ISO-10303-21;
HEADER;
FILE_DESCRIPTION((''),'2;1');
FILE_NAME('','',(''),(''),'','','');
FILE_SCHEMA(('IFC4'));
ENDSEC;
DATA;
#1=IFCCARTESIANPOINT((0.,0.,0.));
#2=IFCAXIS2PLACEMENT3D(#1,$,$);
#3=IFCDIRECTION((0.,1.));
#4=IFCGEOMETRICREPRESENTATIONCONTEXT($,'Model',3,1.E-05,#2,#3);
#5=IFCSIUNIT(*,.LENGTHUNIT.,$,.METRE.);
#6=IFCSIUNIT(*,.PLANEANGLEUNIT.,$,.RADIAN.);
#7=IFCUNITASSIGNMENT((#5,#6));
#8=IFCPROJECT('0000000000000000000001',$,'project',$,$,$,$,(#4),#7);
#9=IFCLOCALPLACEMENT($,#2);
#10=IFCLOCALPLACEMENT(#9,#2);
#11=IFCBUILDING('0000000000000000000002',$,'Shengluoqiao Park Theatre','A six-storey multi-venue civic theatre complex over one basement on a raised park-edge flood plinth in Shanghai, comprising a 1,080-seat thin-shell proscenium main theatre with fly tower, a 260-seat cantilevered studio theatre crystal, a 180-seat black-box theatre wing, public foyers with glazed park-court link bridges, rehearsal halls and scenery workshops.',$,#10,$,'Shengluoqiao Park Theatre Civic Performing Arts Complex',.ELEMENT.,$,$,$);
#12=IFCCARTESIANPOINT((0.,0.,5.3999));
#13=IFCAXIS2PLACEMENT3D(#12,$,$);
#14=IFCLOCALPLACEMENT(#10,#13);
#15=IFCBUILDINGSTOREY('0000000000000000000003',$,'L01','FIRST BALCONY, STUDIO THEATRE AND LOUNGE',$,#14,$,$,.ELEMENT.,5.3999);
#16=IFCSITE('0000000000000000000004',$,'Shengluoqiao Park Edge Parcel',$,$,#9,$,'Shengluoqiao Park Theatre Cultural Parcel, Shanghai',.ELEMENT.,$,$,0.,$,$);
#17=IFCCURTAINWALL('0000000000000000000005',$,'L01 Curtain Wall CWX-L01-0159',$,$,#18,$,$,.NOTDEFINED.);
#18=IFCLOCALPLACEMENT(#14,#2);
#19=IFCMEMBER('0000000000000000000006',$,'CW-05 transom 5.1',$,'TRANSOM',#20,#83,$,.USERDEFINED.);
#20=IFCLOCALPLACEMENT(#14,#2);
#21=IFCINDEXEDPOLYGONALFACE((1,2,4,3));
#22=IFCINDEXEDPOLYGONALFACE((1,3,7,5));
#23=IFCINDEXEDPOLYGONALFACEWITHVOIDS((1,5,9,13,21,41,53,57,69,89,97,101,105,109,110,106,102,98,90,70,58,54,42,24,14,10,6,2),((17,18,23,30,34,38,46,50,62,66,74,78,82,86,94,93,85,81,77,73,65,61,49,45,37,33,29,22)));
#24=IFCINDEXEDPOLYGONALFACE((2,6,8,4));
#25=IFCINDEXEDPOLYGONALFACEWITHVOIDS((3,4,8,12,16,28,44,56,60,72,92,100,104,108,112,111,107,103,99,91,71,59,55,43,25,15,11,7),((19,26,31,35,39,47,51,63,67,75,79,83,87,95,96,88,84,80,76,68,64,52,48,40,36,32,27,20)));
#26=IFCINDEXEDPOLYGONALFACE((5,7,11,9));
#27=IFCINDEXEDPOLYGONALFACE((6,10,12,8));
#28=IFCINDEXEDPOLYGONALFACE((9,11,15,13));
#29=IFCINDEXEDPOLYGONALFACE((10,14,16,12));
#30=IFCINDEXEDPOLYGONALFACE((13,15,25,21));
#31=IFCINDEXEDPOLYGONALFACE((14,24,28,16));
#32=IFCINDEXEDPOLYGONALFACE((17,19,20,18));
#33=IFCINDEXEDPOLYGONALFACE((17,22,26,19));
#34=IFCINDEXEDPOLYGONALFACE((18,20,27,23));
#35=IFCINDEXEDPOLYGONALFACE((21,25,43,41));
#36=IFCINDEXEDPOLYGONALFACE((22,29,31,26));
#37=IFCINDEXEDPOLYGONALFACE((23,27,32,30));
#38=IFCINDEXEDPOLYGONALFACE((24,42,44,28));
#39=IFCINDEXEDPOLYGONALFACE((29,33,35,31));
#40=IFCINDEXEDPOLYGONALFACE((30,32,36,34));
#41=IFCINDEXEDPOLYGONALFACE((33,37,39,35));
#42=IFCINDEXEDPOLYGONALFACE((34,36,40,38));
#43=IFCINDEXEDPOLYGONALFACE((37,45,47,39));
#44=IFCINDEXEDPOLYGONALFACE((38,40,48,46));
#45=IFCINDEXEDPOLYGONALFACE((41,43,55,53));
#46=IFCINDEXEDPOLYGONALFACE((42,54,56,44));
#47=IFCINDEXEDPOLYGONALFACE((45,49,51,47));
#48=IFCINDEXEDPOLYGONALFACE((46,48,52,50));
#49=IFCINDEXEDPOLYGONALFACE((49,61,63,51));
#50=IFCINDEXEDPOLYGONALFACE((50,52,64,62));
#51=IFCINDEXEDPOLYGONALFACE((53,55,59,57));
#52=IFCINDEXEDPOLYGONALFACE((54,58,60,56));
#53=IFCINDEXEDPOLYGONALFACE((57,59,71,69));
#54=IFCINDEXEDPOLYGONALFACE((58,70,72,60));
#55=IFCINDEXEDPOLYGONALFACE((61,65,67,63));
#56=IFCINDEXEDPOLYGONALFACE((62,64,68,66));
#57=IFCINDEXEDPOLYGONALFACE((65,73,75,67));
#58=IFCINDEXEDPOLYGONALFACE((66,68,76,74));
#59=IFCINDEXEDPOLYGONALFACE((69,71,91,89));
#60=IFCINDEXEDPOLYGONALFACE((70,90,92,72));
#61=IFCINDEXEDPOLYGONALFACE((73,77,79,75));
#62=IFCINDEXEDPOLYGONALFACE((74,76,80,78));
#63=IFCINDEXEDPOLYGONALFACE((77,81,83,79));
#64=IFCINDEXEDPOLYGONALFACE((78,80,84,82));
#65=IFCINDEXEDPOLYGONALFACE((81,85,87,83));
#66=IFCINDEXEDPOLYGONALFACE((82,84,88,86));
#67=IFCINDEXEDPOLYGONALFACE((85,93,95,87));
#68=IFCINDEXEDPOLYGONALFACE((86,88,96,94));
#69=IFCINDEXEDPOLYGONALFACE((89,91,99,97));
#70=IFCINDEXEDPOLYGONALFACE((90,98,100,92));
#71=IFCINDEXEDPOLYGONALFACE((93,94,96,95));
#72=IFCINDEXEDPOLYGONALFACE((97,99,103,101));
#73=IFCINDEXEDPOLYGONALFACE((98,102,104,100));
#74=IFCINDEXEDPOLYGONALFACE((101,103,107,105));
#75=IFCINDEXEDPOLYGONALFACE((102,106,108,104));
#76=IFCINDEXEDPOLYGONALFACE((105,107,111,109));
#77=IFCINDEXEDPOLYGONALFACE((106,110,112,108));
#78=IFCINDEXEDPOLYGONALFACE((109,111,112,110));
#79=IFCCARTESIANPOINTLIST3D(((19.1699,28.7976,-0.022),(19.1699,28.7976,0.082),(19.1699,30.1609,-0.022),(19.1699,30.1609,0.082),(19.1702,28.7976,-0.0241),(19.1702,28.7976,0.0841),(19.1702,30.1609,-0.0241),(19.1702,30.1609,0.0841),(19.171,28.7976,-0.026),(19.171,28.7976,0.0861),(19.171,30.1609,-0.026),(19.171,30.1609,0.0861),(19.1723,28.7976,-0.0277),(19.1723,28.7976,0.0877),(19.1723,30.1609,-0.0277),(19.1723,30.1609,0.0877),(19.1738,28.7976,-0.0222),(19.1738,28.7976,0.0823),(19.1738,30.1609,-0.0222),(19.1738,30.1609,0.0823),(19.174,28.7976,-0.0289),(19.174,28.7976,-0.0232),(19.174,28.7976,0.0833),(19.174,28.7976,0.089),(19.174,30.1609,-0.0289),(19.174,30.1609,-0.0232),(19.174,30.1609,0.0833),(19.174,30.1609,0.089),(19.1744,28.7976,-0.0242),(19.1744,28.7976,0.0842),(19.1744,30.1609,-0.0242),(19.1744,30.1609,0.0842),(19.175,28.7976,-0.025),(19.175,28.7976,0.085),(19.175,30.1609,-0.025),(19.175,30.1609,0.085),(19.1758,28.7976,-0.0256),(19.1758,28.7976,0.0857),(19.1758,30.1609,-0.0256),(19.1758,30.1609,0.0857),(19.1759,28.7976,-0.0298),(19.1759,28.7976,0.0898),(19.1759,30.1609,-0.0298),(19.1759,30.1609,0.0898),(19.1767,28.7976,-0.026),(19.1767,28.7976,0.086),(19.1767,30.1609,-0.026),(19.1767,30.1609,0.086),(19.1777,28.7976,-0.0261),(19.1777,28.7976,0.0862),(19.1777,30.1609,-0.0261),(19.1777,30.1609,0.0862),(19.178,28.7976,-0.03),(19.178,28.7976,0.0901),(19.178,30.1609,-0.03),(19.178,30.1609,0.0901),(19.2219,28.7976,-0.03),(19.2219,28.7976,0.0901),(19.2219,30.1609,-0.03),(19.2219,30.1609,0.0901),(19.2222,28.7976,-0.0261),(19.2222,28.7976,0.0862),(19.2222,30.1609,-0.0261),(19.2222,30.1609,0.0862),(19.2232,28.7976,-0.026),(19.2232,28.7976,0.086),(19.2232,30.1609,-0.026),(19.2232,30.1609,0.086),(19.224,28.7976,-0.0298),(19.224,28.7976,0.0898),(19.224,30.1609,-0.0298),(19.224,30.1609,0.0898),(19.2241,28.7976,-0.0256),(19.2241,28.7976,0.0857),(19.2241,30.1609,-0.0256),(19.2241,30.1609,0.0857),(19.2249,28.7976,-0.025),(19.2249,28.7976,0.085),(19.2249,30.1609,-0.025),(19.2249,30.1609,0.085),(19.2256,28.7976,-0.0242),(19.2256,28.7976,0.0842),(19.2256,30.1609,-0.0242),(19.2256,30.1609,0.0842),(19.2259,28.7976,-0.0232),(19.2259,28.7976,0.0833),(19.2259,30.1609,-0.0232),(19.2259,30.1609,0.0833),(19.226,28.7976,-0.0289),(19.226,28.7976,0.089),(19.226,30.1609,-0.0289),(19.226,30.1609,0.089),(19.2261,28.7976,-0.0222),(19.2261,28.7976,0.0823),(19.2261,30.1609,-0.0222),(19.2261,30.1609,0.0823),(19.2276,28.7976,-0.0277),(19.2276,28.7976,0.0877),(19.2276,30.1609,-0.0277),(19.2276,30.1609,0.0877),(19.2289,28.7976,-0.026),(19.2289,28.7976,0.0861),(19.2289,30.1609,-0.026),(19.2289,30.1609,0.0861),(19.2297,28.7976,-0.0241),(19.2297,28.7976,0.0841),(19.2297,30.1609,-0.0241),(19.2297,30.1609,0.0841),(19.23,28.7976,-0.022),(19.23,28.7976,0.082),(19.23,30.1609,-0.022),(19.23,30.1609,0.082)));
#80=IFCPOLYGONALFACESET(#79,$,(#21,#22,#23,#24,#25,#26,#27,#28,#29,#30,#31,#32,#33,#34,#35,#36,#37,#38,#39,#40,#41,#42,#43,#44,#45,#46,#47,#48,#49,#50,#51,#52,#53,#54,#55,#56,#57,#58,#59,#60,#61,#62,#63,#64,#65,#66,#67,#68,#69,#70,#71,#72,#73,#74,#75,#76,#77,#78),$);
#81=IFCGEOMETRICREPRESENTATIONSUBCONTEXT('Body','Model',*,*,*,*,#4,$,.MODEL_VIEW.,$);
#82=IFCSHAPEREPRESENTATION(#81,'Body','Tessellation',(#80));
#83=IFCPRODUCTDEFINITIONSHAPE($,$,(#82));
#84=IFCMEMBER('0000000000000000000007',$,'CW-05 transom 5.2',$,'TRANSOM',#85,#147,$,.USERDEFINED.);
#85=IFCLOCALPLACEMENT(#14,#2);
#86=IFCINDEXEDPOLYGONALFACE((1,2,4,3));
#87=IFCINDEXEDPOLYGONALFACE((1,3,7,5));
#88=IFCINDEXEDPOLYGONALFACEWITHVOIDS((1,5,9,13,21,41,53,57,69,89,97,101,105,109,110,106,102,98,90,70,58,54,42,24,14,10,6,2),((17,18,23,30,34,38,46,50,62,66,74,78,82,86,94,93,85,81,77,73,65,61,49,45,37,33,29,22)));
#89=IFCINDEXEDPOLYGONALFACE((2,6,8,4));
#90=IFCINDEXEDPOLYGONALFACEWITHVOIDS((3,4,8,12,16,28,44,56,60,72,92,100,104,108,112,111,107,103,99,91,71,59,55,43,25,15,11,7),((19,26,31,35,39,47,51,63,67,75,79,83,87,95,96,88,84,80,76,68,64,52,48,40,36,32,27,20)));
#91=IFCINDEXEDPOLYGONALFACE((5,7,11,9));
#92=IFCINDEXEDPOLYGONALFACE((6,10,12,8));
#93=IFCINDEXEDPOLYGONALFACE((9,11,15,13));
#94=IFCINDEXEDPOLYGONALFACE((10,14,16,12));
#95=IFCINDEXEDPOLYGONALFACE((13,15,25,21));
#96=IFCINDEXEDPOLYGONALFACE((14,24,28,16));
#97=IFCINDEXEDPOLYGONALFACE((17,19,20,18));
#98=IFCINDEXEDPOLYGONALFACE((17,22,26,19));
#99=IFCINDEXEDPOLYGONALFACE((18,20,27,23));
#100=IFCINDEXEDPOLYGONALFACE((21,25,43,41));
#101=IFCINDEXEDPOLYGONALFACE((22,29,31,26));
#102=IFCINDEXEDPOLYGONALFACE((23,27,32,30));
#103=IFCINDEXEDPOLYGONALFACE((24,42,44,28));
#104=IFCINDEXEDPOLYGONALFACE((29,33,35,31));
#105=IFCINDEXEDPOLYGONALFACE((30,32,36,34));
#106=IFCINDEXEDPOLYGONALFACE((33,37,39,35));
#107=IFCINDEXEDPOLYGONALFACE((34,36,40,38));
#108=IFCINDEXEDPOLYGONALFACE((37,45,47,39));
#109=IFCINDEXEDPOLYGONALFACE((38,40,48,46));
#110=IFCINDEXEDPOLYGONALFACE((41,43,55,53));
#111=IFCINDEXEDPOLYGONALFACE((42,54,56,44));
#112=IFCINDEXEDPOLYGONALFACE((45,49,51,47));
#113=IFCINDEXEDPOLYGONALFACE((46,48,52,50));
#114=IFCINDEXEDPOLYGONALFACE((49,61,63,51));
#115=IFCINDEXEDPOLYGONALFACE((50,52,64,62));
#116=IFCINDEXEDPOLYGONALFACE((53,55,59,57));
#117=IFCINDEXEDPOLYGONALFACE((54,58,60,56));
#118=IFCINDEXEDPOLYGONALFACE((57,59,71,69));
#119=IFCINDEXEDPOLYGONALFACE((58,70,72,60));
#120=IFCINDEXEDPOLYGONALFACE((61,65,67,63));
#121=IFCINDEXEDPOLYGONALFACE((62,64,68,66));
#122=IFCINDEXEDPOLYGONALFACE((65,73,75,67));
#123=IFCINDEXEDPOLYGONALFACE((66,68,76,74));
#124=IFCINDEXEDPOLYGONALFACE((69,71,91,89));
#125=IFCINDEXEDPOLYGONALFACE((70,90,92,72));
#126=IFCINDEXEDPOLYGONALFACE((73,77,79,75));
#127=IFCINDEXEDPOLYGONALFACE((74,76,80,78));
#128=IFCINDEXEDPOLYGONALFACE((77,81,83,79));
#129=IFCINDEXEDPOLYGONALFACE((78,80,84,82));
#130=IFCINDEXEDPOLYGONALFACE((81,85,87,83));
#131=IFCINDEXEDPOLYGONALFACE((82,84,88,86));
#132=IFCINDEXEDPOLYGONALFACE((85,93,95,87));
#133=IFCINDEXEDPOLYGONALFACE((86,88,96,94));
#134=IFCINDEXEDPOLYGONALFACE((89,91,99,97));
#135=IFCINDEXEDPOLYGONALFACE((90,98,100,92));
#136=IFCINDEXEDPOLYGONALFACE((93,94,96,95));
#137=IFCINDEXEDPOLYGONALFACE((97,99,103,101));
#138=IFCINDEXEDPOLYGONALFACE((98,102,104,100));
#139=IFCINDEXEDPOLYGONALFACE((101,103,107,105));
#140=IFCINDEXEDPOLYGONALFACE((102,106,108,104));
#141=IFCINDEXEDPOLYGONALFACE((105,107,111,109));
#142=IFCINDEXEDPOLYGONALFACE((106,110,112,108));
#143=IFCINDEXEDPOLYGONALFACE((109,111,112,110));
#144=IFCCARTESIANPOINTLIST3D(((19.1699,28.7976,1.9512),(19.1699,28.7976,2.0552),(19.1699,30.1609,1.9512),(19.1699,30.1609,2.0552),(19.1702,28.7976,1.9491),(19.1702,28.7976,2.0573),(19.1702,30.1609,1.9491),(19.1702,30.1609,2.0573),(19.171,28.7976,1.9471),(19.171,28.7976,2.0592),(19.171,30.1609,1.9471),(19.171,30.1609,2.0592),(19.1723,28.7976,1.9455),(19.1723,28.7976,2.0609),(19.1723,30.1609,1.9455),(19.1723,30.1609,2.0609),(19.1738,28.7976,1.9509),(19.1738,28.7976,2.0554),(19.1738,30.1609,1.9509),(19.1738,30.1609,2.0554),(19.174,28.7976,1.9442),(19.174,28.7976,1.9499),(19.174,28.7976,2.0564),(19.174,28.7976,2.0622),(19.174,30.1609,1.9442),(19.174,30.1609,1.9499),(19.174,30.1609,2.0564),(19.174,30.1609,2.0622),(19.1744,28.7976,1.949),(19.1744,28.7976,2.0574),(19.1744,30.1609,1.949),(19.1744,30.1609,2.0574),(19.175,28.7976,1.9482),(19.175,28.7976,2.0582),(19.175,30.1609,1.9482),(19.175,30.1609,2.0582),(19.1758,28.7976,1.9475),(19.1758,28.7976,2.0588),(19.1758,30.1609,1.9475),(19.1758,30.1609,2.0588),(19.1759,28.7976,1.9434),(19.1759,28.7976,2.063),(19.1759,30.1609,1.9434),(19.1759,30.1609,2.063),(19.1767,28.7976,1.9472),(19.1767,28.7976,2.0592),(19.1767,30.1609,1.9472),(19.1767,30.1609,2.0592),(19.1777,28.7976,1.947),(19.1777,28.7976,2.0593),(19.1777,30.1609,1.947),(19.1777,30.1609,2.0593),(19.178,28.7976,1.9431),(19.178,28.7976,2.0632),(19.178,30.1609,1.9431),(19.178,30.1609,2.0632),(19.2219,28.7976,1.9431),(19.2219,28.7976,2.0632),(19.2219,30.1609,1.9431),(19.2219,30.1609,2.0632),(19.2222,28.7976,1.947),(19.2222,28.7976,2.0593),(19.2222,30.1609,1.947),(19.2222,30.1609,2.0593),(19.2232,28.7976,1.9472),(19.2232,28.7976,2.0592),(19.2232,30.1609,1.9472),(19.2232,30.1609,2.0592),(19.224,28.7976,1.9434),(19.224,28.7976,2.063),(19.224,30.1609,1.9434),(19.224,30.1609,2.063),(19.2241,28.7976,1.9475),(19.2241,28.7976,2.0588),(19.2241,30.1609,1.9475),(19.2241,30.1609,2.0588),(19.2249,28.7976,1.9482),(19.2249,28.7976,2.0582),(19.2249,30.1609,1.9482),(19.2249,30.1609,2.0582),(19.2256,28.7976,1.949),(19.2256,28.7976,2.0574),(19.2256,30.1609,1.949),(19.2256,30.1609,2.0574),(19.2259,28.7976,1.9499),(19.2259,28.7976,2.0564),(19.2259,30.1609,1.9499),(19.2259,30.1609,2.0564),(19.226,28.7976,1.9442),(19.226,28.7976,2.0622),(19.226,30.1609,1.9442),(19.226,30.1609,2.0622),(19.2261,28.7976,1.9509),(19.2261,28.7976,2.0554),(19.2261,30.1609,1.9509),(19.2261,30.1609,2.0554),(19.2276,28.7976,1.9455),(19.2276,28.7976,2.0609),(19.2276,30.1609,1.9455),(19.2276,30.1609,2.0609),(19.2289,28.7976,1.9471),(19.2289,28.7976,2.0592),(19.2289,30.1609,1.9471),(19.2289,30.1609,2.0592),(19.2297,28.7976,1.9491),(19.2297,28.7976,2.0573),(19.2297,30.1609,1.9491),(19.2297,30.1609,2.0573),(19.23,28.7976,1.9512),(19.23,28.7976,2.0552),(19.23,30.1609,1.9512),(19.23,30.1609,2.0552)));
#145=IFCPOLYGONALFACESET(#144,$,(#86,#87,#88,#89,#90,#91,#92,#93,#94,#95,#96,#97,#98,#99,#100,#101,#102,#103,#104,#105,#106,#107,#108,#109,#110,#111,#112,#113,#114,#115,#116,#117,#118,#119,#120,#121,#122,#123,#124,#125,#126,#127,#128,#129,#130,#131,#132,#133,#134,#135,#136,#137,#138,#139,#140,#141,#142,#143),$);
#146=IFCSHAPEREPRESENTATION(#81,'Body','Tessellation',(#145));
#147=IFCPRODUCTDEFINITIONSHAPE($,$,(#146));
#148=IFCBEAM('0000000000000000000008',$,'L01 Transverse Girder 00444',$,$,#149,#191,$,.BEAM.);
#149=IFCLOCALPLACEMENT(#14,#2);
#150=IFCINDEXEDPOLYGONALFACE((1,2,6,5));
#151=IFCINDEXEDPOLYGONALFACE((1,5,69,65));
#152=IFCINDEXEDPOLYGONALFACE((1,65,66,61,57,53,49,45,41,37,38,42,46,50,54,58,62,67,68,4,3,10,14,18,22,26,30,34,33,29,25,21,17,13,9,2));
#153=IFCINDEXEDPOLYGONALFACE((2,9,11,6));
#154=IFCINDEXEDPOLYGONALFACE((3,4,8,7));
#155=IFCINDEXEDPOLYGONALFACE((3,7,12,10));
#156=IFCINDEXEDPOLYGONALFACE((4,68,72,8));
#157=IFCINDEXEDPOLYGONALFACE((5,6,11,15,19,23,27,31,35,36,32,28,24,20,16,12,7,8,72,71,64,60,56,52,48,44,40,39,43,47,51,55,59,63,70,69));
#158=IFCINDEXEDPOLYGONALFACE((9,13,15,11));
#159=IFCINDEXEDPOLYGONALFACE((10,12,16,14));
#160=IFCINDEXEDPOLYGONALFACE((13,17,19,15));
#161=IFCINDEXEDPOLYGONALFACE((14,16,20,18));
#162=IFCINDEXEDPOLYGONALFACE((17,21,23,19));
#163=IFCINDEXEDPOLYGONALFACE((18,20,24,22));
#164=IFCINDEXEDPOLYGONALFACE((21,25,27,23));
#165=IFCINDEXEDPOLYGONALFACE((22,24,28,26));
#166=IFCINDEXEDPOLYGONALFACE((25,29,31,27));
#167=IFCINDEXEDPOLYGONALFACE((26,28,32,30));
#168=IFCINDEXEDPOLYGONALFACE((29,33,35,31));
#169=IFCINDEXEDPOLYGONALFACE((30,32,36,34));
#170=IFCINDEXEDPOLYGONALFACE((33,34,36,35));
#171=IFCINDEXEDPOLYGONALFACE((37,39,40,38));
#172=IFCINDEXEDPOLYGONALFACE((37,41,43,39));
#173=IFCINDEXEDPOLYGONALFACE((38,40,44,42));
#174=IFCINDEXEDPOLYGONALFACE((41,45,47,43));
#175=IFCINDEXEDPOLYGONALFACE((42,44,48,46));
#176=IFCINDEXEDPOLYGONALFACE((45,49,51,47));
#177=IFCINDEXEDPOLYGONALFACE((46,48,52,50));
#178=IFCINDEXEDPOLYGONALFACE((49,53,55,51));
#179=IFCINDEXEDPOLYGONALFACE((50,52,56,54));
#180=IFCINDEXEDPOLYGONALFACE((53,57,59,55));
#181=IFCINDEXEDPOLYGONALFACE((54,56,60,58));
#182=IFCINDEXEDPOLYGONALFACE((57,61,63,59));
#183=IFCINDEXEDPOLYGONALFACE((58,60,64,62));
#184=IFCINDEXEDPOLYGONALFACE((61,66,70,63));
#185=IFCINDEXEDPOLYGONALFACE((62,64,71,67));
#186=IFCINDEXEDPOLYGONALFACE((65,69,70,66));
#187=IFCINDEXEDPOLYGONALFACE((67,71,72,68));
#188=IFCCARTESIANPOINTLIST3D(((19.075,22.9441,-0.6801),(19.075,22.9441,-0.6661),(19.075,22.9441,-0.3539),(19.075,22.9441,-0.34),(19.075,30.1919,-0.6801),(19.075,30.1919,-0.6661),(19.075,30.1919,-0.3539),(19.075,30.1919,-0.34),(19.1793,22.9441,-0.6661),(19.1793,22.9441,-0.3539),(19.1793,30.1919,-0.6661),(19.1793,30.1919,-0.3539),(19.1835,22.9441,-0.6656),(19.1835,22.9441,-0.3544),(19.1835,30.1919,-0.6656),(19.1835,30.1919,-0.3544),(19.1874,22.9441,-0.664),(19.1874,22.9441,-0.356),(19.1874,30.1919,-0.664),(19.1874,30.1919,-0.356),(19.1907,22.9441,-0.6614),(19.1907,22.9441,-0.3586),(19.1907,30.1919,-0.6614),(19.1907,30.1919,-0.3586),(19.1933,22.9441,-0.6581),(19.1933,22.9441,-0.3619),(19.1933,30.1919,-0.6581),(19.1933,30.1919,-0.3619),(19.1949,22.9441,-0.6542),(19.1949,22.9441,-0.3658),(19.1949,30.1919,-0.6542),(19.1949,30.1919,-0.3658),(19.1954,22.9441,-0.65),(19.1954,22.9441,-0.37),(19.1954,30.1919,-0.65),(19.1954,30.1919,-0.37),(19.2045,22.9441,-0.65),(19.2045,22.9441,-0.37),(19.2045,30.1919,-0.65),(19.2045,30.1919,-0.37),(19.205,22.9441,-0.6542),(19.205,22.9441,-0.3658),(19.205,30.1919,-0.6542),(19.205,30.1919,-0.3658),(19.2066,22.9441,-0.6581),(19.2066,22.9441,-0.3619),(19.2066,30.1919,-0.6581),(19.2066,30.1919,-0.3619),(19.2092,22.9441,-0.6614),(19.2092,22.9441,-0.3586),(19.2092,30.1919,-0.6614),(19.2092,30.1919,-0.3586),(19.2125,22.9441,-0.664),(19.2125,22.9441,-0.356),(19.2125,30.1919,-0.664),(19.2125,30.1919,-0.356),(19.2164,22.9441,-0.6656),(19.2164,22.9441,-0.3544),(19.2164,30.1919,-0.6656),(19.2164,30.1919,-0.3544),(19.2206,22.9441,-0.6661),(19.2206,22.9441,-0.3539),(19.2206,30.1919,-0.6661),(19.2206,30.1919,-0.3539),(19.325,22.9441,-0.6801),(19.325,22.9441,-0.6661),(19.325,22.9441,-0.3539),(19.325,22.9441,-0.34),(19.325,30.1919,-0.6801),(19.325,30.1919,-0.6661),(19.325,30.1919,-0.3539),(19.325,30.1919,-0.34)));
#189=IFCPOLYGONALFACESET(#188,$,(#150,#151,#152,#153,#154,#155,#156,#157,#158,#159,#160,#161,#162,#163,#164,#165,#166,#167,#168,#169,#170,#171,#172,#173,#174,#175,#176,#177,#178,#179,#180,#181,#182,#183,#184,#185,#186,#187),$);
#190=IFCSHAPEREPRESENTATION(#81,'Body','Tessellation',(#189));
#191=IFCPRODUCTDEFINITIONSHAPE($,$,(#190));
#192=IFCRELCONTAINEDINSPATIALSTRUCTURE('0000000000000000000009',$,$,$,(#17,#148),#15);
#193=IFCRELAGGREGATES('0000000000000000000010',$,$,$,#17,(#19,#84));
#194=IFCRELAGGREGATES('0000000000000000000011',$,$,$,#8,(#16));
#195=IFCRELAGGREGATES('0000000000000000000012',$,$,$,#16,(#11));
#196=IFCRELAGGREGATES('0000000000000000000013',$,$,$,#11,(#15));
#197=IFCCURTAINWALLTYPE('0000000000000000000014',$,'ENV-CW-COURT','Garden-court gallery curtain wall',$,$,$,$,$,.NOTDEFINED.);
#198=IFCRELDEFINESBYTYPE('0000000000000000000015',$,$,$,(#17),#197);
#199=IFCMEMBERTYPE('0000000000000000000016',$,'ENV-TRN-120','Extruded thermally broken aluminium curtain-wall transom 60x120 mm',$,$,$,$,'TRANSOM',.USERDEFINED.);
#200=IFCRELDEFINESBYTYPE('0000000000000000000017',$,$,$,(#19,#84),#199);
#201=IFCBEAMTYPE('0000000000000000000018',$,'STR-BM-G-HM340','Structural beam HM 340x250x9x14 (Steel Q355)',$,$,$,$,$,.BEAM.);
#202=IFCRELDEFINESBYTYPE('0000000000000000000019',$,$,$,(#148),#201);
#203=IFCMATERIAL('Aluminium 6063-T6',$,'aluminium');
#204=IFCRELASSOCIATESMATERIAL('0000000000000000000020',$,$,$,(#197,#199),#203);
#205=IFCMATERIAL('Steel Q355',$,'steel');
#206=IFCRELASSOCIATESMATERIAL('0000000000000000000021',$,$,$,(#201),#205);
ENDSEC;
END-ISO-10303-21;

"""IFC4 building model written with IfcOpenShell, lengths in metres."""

from ifc_helpers import new_model, si_unit, direction, frame, origin, origin_2d, place, context, subcontext, project, spatial, hollow_rectangle, i_section, extrude, material, material_profile, profile_set, type_object, element, aggregate, save


model = new_model("IFC4")

# Units and contexts
model_context = context("Model", 3, precision=1e-05, world=origin(), true_north=direction((0.0, 1.0)))
body_context = subcontext(model_context, "Body", "Model", "MODEL_VIEW")
ifc_project = project(units=[si_unit("LENGTHUNIT", "METRE"), si_unit("PLANEANGLEUNIT", "RADIAN")], contexts=[model_context])

# Site, building, storey
site_placement = place(None, origin())
site = spatial("IfcSite", under=ifc_project, at=site_placement, Name="Shengluoqiao Park Edge Parcel", LongName="Shengluoqiao Park Theatre Cultural Parcel, Shanghai", CompositionType="ELEMENT", RefElevation=0.0)
building_placement = place(site_placement, origin())
building = spatial("IfcBuilding", under=site, at=building_placement, Name="Shengluoqiao Park Theatre", Description="A six-storey multi-venue civic theatre complex over one basement on a raised park-edge flood plinth in Shanghai, comprising a 1,080-seat thin-shell proscenium main theatre with fly tower, a 260-seat cantilevered studio theatre crystal, a 180-seat black-box theatre wing, public foyers with glazed park-court link bridges, rehearsal halls and scenery workshops.", LongName="Shengluoqiao Park Theatre Civic Performing Arts Complex", CompositionType="ELEMENT")
storey_placement = place(building_placement, frame((0.0, 0.0, 5.3999)))
storey = spatial("IfcBuildingStorey", under=building, at=storey_placement, Name="L01", Description="FIRST BALCONY, STUDIO THEATRE AND LOUNGE", CompositionType="ELEMENT", Elevation=5.3999)

# Shared definitions
ifc_material_1 = material(Name="Steel Q355", Category="steel")

# Shared definitions
ifc_material_2 = material(Name="Aluminium 6063-T6", Category="aluminium")

# Curtain wall, members
curtain_wall_type_1 = type_object("IfcCurtainWallType", Name="ENV-CW-COURT", Description="Garden-court gallery curtain wall", PredefinedType="NOTDEFINED", material=ifc_material_2)
curtain_wall_1_placement = place(storey_placement, origin())
curtain_wall_1 = element("IfcCurtainWall", 1, at=curtain_wall_1_placement, inside=storey, type_object=curtain_wall_type_1, Name="L01 Curtain Wall CWX-L01-0159", PredefinedType="NOTDEFINED")
ifc_material_profile_1 = material_profile(ifc_material_2, hollow_rectangle(XDim=0.0601, YDim=0.1201, WallThickness=0.0039, InnerFilletRadius=0.0039, OuterFilletRadius=0.0081, at=origin_2d()), Name="ALU TRANSOM 120x60x4")
ifc_profile_set_1 = profile_set([ifc_material_profile_1], Name="Aluminium 6063-T6")
member_type_1 = type_object("IfcMemberType", Name="ENV-TRN-120", Description="Extruded thermally broken aluminium curtain-wall transom 60x120 mm", ElementType="TRANSOM", PredefinedType="USERDEFINED", material=ifc_profile_set_1)
member_1_placement = place(storey_placement, frame((19.2, 28.7976, 0.03), z_axis=(0.0, 1.0, 0.0), x_axis=(-1.0, 0.0, 0.0)))
member_1 = element("IfcMember", 2, at=member_1_placement, type_object=member_type_1, Name="CW-05 transom 5.1", ObjectType="TRANSOM", PredefinedType="USERDEFINED", context=body_context, shape_type="SweptSolid", body=[
    extrude(hollow_rectangle(XDim=0.0601, YDim=0.1201, WallThickness=0.0039, InnerFilletRadius=0.0039, OuterFilletRadius=0.0081, at=origin_2d()), origin(), (0.0, 0.0, 1.0), 1.3633),
])
member_2_placement = place(storey_placement, frame((19.2, 28.7976, 2.0032), z_axis=(0.0, 1.0, 0.0), x_axis=(-1.0, 0.0, 0.0)))
member_2 = element("IfcMember", 3, at=member_2_placement, type_object=member_type_1, Name="CW-05 transom 5.2", ObjectType="TRANSOM", PredefinedType="USERDEFINED", context=body_context, shape_type="SweptSolid", body=[
    extrude(hollow_rectangle(XDim=0.0601, YDim=0.1201, WallThickness=0.0039, InnerFilletRadius=0.0039, OuterFilletRadius=0.0081, at=origin_2d()), origin(), (0.0, 0.0, 1.0), 1.3633),
])

# Beam
ifc_material_profile_2 = material_profile(ifc_material_1, i_section(OverallWidth=0.25, OverallDepth=0.3401, WebThickness=0.009, FlangeThickness=0.0139, FilletRadius=0.0161, at=origin_2d()), Name="HM 340x250x9x14")
ifc_profile_set_2 = profile_set([ifc_material_profile_2], Name="Steel Q355")
beam_type = type_object("IfcBeamType", Name="STR-BM-G-HM340", Description="Structural beam HM 340x250x9x14 (Steel Q355)", PredefinedType="BEAM", material=ifc_profile_set_2)
beam_placement = place(storey_placement, frame((19.2, 22.9441, -0.51), z_axis=(0.0, 1.0, 0.0), x_axis=(-1.0, 0.0, 0.0)))
element("IfcBeam", 4, at=beam_placement, inside=storey, type_object=beam_type, Name="L01 Transverse Girder 00444", PredefinedType="BEAM", context=body_context, shape_type="SweptSolid", body=[
    extrude(i_section(OverallWidth=0.25, OverallDepth=0.3401, WebThickness=0.009, FlangeThickness=0.0139, FilletRadius=0.0161, at=origin_2d()), origin(), (0.0, 0.0, 1.0), 7.2478),
])

aggregate(curtain_wall_1, [member_1, member_2])

save(model, "model.ifc")
